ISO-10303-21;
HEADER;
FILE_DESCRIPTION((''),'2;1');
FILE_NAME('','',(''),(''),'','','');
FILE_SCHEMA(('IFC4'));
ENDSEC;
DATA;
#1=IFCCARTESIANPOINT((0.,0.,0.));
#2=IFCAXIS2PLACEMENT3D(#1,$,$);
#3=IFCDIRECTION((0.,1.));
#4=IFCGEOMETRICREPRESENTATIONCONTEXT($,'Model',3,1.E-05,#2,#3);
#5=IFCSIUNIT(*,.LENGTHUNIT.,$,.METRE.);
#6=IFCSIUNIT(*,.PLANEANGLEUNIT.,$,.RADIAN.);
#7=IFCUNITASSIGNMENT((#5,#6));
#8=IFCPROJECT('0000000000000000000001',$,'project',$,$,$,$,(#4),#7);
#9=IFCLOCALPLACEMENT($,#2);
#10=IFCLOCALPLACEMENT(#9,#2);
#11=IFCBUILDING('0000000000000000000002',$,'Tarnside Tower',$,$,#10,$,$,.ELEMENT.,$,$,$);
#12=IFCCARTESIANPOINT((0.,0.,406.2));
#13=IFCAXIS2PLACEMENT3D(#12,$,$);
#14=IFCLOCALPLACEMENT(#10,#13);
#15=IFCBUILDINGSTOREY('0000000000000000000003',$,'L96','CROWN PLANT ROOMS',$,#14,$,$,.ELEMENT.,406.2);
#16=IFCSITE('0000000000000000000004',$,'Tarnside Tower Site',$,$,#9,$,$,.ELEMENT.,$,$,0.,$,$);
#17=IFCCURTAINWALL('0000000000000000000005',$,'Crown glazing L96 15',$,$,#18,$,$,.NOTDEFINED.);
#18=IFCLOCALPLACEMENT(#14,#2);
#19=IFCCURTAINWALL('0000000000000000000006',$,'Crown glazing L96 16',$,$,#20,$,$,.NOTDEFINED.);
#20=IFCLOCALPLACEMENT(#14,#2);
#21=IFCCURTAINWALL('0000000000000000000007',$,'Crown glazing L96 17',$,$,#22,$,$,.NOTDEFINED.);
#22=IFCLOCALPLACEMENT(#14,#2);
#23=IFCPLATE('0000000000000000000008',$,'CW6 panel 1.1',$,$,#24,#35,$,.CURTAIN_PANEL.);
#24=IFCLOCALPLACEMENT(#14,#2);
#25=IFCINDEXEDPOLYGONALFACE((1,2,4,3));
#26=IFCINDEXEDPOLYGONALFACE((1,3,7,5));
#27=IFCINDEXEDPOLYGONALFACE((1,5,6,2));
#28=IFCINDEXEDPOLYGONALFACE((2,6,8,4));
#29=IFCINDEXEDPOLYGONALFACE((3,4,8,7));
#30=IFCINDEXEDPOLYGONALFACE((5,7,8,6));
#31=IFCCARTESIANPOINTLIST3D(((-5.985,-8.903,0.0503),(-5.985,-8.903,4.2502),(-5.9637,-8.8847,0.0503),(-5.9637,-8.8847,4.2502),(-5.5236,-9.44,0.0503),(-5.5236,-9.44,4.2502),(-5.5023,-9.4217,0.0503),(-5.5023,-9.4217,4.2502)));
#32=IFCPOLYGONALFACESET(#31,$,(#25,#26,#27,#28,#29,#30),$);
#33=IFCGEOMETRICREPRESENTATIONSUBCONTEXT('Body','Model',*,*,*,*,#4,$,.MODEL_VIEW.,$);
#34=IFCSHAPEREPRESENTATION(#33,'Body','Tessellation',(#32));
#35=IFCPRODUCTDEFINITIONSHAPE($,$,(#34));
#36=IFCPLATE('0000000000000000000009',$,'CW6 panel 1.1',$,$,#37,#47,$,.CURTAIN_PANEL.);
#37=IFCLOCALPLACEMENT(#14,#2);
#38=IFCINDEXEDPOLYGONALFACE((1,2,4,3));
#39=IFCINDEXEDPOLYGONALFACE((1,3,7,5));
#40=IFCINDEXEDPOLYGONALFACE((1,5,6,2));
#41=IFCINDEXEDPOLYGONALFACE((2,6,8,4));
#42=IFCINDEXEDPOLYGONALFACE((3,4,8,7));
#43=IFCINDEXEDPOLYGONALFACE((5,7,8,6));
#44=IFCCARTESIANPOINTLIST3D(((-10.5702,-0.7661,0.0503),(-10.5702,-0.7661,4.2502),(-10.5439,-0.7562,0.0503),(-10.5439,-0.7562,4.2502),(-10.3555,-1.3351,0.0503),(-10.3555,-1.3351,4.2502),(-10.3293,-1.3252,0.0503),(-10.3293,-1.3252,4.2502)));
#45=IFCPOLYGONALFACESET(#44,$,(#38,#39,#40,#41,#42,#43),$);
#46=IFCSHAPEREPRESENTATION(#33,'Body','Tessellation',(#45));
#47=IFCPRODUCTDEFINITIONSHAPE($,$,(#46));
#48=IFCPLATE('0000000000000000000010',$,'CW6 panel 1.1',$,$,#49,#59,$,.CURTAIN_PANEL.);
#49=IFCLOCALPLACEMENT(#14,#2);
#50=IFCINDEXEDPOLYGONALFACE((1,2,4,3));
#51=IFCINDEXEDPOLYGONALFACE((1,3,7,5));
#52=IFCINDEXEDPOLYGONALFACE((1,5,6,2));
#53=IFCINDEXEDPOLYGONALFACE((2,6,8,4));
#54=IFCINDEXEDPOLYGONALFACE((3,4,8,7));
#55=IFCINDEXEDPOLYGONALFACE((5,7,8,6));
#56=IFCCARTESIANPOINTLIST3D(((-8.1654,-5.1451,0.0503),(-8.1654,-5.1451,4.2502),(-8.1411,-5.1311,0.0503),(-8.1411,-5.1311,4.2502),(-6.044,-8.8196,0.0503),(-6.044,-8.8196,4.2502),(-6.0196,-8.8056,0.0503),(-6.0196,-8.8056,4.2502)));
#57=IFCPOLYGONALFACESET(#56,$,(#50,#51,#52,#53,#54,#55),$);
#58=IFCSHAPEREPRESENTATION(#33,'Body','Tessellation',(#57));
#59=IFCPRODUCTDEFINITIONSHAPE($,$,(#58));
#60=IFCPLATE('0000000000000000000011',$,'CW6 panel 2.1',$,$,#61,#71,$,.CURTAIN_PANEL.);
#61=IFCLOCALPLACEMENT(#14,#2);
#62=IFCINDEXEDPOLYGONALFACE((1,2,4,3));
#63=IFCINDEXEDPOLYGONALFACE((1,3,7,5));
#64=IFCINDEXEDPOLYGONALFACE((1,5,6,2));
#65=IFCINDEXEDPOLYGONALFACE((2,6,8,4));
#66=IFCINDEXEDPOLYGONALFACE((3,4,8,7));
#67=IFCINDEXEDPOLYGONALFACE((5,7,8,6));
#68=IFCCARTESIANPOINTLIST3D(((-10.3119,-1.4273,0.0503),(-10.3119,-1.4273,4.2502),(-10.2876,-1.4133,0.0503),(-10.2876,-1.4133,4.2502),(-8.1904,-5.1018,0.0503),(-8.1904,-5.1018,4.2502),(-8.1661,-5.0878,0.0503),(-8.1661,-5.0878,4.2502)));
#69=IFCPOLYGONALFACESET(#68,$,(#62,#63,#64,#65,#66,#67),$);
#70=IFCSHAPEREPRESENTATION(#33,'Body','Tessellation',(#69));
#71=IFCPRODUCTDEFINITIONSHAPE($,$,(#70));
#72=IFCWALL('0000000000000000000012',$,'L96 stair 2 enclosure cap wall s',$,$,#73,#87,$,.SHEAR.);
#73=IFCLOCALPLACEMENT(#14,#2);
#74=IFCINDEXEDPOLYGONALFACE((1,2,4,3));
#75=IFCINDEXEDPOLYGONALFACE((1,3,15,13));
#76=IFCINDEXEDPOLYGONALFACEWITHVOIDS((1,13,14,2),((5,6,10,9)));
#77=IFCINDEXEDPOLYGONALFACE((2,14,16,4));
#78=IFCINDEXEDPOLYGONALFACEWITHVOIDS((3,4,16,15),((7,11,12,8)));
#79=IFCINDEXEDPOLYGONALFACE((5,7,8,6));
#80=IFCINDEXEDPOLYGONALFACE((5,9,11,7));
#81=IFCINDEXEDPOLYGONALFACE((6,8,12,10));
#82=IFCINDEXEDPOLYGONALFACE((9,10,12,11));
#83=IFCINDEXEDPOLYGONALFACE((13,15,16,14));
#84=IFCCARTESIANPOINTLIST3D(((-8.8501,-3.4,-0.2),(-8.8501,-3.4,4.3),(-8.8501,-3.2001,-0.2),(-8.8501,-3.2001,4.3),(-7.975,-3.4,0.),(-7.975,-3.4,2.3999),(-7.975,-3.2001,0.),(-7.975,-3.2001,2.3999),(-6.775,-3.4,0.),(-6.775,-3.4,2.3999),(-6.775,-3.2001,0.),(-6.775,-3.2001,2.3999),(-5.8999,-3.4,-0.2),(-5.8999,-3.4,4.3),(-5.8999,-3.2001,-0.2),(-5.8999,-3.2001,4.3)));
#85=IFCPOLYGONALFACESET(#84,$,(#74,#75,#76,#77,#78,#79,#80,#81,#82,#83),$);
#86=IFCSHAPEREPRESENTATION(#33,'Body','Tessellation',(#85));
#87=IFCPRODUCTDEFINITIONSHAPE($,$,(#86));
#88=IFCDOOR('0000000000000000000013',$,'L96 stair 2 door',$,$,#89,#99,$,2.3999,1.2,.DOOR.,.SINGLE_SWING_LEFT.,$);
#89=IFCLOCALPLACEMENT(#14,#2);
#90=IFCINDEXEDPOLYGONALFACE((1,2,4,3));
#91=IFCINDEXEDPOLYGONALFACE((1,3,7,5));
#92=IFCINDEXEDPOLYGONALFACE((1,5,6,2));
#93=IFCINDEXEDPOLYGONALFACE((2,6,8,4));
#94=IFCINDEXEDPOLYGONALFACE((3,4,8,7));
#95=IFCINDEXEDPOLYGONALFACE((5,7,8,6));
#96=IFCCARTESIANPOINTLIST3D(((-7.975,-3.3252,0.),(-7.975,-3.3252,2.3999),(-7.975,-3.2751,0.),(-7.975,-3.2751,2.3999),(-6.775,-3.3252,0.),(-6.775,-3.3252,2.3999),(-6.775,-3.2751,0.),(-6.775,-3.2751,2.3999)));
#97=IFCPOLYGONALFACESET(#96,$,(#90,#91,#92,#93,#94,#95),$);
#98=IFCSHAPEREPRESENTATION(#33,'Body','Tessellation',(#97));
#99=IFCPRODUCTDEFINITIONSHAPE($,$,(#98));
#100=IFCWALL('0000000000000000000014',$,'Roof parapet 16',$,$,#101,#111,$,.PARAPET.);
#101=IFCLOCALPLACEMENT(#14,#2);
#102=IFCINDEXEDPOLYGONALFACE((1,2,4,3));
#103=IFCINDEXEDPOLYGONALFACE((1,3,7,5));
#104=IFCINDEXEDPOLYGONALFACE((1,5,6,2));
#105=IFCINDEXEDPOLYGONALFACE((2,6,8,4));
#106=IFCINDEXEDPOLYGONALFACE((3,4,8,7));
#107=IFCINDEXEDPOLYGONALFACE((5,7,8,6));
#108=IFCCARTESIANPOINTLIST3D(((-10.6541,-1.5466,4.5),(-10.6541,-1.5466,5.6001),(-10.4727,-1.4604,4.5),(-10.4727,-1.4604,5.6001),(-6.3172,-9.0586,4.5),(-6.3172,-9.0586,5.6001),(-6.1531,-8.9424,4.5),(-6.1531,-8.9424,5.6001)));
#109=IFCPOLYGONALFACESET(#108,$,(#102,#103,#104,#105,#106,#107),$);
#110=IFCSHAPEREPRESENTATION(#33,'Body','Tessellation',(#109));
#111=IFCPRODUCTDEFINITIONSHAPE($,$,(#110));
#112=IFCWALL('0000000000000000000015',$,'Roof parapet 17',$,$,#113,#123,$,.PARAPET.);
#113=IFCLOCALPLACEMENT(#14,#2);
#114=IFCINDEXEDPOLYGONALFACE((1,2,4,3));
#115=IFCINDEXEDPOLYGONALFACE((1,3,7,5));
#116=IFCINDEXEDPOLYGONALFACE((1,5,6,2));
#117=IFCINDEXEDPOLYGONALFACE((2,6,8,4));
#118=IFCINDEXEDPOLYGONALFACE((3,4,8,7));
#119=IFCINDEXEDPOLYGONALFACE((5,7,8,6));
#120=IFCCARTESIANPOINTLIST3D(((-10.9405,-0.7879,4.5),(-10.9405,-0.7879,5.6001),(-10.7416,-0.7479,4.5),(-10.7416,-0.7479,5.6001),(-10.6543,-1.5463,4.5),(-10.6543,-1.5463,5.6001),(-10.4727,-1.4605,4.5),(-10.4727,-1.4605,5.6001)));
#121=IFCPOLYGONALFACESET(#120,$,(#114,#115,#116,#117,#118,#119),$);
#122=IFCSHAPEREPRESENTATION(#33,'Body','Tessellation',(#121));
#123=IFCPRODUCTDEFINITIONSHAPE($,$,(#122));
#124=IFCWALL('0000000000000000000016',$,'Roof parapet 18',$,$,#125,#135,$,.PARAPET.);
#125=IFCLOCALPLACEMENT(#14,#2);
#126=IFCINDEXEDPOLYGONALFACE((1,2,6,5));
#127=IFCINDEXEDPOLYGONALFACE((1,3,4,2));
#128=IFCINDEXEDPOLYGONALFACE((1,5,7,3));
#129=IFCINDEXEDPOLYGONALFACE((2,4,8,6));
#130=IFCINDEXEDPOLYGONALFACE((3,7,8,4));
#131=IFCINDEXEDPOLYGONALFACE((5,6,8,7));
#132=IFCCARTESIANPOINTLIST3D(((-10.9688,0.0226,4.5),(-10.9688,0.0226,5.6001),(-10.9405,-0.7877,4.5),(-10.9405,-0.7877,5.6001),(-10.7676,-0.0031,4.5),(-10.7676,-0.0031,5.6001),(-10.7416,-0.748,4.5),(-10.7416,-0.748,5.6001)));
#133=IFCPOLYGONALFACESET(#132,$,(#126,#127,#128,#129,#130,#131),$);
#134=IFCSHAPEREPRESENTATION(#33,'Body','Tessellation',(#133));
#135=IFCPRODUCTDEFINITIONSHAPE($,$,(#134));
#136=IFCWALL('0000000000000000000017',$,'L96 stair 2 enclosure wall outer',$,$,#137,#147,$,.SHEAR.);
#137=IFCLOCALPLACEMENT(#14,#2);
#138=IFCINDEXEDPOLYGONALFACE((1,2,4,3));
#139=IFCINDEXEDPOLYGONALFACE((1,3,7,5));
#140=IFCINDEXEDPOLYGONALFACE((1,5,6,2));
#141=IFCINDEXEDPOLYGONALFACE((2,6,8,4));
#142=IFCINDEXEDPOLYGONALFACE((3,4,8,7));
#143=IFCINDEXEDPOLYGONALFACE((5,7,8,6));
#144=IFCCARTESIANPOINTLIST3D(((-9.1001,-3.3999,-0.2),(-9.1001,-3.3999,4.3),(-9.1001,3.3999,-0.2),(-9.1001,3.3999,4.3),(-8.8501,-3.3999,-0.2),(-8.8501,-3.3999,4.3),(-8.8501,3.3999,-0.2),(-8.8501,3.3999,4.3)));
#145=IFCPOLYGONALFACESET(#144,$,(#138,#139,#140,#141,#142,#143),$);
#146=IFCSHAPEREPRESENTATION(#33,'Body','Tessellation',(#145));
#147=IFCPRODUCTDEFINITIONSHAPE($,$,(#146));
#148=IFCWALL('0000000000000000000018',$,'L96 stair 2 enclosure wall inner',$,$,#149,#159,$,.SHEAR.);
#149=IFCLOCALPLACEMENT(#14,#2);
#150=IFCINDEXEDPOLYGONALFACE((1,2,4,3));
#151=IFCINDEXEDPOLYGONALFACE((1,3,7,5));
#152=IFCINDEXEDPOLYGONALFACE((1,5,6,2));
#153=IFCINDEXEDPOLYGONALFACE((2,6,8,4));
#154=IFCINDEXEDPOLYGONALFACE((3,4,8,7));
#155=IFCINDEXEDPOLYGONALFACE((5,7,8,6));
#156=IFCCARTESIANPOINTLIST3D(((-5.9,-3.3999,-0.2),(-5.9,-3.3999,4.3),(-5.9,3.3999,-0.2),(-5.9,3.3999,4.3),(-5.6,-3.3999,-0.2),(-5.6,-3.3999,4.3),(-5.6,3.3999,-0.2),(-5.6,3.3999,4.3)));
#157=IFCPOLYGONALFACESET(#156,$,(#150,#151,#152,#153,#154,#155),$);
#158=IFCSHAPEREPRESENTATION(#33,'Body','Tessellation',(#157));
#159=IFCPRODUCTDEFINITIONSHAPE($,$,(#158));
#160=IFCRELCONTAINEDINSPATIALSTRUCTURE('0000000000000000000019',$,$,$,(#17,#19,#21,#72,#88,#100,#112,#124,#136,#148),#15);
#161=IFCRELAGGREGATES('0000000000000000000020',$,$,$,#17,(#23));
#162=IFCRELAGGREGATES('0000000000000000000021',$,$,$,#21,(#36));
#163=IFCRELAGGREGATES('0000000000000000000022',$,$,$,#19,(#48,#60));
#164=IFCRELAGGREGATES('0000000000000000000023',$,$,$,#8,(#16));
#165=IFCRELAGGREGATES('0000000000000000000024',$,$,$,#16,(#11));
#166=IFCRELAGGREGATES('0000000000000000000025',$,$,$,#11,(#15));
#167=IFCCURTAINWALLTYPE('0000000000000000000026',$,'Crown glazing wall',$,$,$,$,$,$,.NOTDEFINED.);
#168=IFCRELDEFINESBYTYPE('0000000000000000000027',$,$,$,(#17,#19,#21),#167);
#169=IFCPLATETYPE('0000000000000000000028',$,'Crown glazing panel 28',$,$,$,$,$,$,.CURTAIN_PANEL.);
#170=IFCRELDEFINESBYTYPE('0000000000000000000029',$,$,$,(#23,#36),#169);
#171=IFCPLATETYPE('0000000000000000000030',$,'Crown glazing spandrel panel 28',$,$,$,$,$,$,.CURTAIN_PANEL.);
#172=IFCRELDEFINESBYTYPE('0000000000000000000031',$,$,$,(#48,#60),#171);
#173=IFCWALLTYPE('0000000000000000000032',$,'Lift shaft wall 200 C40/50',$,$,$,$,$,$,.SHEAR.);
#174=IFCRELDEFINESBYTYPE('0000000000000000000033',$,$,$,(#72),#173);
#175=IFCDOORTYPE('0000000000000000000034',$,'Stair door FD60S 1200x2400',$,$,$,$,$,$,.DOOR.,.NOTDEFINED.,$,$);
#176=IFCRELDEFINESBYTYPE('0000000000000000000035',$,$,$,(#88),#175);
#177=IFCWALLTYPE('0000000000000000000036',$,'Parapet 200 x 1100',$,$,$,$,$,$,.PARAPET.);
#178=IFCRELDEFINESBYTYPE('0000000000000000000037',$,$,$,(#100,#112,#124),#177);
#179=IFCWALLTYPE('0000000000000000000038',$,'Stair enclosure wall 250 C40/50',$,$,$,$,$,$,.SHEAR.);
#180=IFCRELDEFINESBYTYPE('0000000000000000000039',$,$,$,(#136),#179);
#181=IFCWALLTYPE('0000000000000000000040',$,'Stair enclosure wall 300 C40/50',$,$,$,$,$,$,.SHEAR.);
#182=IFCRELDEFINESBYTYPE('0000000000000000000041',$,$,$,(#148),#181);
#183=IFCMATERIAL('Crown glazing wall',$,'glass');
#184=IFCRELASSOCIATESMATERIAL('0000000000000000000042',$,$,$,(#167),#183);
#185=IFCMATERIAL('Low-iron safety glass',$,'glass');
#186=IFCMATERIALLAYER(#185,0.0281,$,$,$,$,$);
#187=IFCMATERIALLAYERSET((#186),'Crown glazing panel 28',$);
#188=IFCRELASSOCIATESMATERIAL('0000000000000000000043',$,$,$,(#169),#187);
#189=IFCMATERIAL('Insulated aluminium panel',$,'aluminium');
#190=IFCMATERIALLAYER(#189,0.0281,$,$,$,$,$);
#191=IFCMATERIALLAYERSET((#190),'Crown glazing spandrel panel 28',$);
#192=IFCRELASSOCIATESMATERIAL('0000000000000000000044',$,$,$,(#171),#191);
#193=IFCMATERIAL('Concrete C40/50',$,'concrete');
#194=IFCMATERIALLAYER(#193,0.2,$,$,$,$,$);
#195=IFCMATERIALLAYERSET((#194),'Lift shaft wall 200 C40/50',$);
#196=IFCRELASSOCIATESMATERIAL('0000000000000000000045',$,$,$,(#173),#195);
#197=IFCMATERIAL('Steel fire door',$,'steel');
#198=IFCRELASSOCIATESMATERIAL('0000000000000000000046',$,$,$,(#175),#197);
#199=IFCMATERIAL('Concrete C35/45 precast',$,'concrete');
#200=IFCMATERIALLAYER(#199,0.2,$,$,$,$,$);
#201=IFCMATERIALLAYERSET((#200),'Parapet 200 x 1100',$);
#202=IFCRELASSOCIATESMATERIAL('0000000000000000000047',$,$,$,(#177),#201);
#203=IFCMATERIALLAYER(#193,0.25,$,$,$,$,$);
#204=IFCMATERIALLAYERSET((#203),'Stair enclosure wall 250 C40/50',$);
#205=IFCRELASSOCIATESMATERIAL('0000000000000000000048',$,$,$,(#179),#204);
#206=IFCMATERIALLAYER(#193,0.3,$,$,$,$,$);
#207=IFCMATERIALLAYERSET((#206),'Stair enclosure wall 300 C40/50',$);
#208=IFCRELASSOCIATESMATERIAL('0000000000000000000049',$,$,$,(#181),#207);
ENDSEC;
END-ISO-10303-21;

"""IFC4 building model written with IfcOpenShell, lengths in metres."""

from ifc_helpers import new_model, si_unit, direction, frame, frame_2d, origin, origin_2d, place, context, subcontext, project, spatial, polyline, rectangle, outline, extrude, material, layer, layer_set, type_object, element, fill, aggregate, save


model = new_model("IFC4")

# Units and contexts
model_context = context("Model", 3, precision=1e-05, world=origin(), true_north=direction((0.0, 1.0)))
body_context = subcontext(model_context, "Body", "Model", "MODEL_VIEW")
ifc_project = project(units=[si_unit("LENGTHUNIT", "METRE"), si_unit("PLANEANGLEUNIT", "RADIAN")], contexts=[model_context])

# Site, building, storey
site_placement = place(None, origin())
site = spatial("IfcSite", under=ifc_project, at=site_placement, Name="Tarnside Tower Site", CompositionType="ELEMENT", RefElevation=0.0)
building_placement = place(site_placement, origin())
building = spatial("IfcBuilding", under=site, at=building_placement, Name="Tarnside Tower", CompositionType="ELEMENT")
storey_placement = place(building_placement, frame((0.0, 0.0, 406.2)))
storey = spatial("IfcBuildingStorey", under=building, at=storey_placement, Name="L96", Description="CROWN PLANT ROOMS", CompositionType="ELEMENT", Elevation=406.2)

# Curtain wall
ifc_material_1 = material(Name="Crown glazing wall", Category="glass")
curtain_wall_type = type_object("IfcCurtainWallType", Name="Crown glazing wall", PredefinedType="NOTDEFINED", material=ifc_material_1)
curtain_wall_1_placement = place(storey_placement, origin())
curtain_wall_1 = element("IfcCurtainWall", 1, at=curtain_wall_1_placement, inside=storey, type_object=curtain_wall_type, Name="Crown glazing L96 15", PredefinedType="NOTDEFINED")

# Curtain walls
curtain_wall_2_placement = place(storey_placement, origin())
curtain_wall_2 = element("IfcCurtainWall", 2, at=curtain_wall_2_placement, inside=storey, type_object=curtain_wall_type, Name="Crown glazing L96 16", PredefinedType="NOTDEFINED")
curtain_wall_3_placement = place(storey_placement, origin())
curtain_wall_3 = element("IfcCurtainWall", 3, at=curtain_wall_3_placement, inside=storey, type_object=curtain_wall_type, Name="Crown glazing L96 17", PredefinedType="NOTDEFINED")

# Plates
ifc_material_2 = material(Name="Low-iron safety glass", Category="glass")
ifc_layer_1 = layer(ifc_material_2, 0.0281)
ifc_layer_set_1 = layer_set([ifc_layer_1], Name="Crown glazing panel 28")
plate_type_1 = type_object("IfcPlateType", Name="Crown glazing panel 28", PredefinedType="CURTAIN_PANEL", material=ifc_layer_set_1)
plate_1_placement = place(storey_placement, frame((-5.7437, -9.1624, 0.0503), z_axis=(0.0, 0.0, 1.0), x_axis=(-0.651657, 0.758514, 0.0)))
plate_1 = element("IfcPlate", 4, at=plate_1_placement, type_object=plate_type_1, Name="CW6 panel 1.1", PredefinedType="CURTAIN_PANEL", context=body_context, shape_type="SweptSolid", body=[
    extrude(rectangle(XDim=0.708, YDim=0.0281, at=origin_2d()), origin(), (0.0, 0.0, 1.0), 4.2),
])
aggregate(curtain_wall_1, [plate_1])
plate_2_placement = place(storey_placement, frame((-10.4497, -1.0457, 0.0503), z_axis=(0.0, 0.0, 1.0), x_axis=(-0.352931, 0.93565, 0.0)))
plate_2 = element("IfcPlate", 5, at=plate_2_placement, type_object=plate_type_1, Name="CW6 panel 1.1", PredefinedType="CURTAIN_PANEL", context=body_context, shape_type="SweptSolid", body=[
    extrude(rectangle(XDim=0.6082, YDim=0.0281, at=origin_2d()), origin(), (0.0, 0.0, 1.0), 4.2),
])
aggregate(curtain_wall_3, [plate_2])
ifc_material_3 = material(Name="Insulated aluminium panel", Category="aluminium")
ifc_layer_2 = layer(ifc_material_3, 0.0281)
ifc_layer_set_2 = layer_set([ifc_layer_2], Name="Crown glazing spandrel panel 28")
plate_type_2 = type_object("IfcPlateType", Name="Crown glazing spandrel panel 28", PredefinedType="CURTAIN_PANEL", material=ifc_layer_set_2)
plate_3_placement = place(storey_placement, frame((-7.0925, -6.9753, 0.0503), z_axis=(0.0, 0.0, 1.0), x_axis=(-0.5, 0.866025, 0.0)))
plate_3 = element("IfcPlate", 6, at=plate_3_placement, type_object=plate_type_2, Name="CW6 panel 1.1", PredefinedType="CURTAIN_PANEL", context=body_context, shape_type="SweptSolid", body=[
    extrude(rectangle(XDim=4.2429, YDim=0.0281, at=origin_2d()), origin(), (0.0, 0.0, 1.0), 4.2),
])
plate_4_placement = place(storey_placement, frame((-9.239, -3.2576, 0.0503), z_axis=(0.0, 0.0, 1.0), x_axis=(-0.5, 0.866025, 0.0)))
plate_4 = element("IfcPlate", 7, at=plate_4_placement, type_object=plate_type_2, Name="CW6 panel 2.1", PredefinedType="CURTAIN_PANEL", context=body_context, shape_type="SweptSolid", body=[
    extrude(rectangle(XDim=4.2429, YDim=0.0281, at=origin_2d()), origin(), (0.0, 0.0, 1.0), 4.2),
])
aggregate(curtain_wall_2, [plate_3, plate_4])

# Wall, opening, door
ifc_material_4 = material(Name="Concrete C40/50", Category="concrete")
ifc_layer_3 = layer(ifc_material_4, 0.2)
ifc_layer_set_3 = layer_set([ifc_layer_3], Name="Lift shaft wall 200 C40/50")
wall_type_1 = type_object("IfcWallType", Name="Lift shaft wall 200 C40/50", PredefinedType="SHEAR", material=ifc_layer_set_3)
wall_1_placement = place(storey_placement, frame((-8.8501, -3.3, -0.2), z_axis=(0.0, 0.0, 1.0), x_axis=(1.0, 0.0, 0.0)))
wall_1 = element("IfcWall", 8, at=wall_1_placement, inside=storey, type_object=wall_type_1, Name="L96 stair 2 enclosure cap wall s", PredefinedType="SHEAR", context=body_context, shape_type="SweptSolid", body=[
    extrude(rectangle(XDim=2.9502, YDim=0.2, at=frame_2d((1.4751, 0.0))), origin(), (0.0, 0.0, 1.0), 4.5),
])
opening_placement = place(wall_1_placement, frame((0.875, 0.0, 0.2)))
opening = element("IfcOpeningElement", 9, at=opening_placement, cuts=wall_1, PredefinedType="OPENING", context=body_context, shape_type="SweptSolid", body=[
    extrude(rectangle(XDim=1.2, YDim=2.3999, at=frame_2d((0.6001, 1.2))), frame((0.0, 0.1099, 0.0), z_axis=(0.0, -1.0, 0.0), x_axis=(1.0, 0.0, 0.0)), (0.0, 0.0, 1.0), 0.22),
])
ifc_material_5 = material(Name="Steel fire door", Category="steel")
door_type = type_object("IfcDoorType", Name="Stair door FD60S 1200x2400", OperationType="NOTDEFINED", PredefinedType="DOOR", material=ifc_material_5)
door_placement = place(opening_placement, origin())
door = element("IfcDoor", 10, at=door_placement, inside=storey, type_object=door_type, Name="L96 stair 2 door", OperationType="SINGLE_SWING_LEFT", OverallHeight=2.3999, OverallWidth=1.2, PredefinedType="DOOR", context=body_context, shape_type="SweptSolid", body=[
    extrude(rectangle(XDim=1.2, YDim=2.3999, at=frame_2d((0.6001, 1.2))), frame((0.0, 0.0249, 0.0), z_axis=(0.0, -1.0, 0.0), x_axis=(1.0, 0.0, 0.0)), (0.0, 0.0, 1.0), 0.05),
])
fill(opening, door)

# Walls
ifc_material_6 = material(Name="Concrete C35/45 precast", Category="concrete")
ifc_layer_4 = layer(ifc_material_6, 0.2)
ifc_layer_set_4 = layer_set([ifc_layer_4], Name="Parapet 200 x 1100")
wall_type_2 = type_object("IfcWallType", Name="Parapet 200 x 1100", PredefinedType="PARAPET", material=ifc_layer_set_4)
wall_2_placement = place(storey_placement, frame((-6.2351, -9.0005, 4.5), z_axis=(0.0, 0.0, 1.0), x_axis=(-0.499994, 0.866029, 0.0)))
element("IfcWall", 11, at=wall_2_placement, inside=storey, type_object=wall_type_2, Name="Roof parapet 16", PredefinedType="PARAPET", context=body_context, shape_type="SweptSolid", body=[
    extrude(outline(polyline([(0.0093, -0.1001), (8.6487, -0.1001), (8.6648, 0.1001), (-0.0093, 0.1001), (0.0093, -0.1001)])), origin(), (0.0, 0.0, 1.0), 1.1001),
])
wall_3_placement = place(storey_placement, frame((-10.5635, -1.5034, 4.5), z_axis=(0.0, 0.0, 1.0), x_axis=(-0.353062, 0.9356, 0.0)))
element("IfcWall", 12, at=wall_3_placement, inside=storey, type_object=wall_type_2, Name="Roof parapet 17", PredefinedType="PARAPET", context=body_context, shape_type="SweptSolid", body=[
    extrude(outline(polyline([(0.0081, -0.1001), (0.7698, -0.1001), (0.8025, 0.1001), (-0.0081, 0.1001), (0.0081, -0.1001)])), origin(), (0.0, 0.0, 1.0), 1.1001),
])
wall_4_placement = place(storey_placement, frame((-10.8411, -0.7678, 4.5), z_axis=(0.0, 0.0, 1.0), x_axis=(-0.03483, 0.999393, 0.0)))
element("IfcWall", 13, at=wall_4_placement, inside=storey, type_object=wall_type_2, Name="Roof parapet 18", PredefinedType="PARAPET", context=body_context, shape_type="SweptSolid", body=[
    extrude(outline(polyline([(0.0164, -0.1001), (0.7617, -0.1001), (0.7944, 0.1001), (-0.0164, 0.1001), (0.0164, -0.1001)])), origin(), (0.0, 0.0, 1.0), 1.1001),
])
ifc_layer_5 = layer(ifc_material_4, 0.25)
ifc_layer_set_5 = layer_set([ifc_layer_5], Name="Stair enclosure wall 250 C40/50")
wall_type_3 = type_object("IfcWallType", Name="Stair enclosure wall 250 C40/50", PredefinedType="SHEAR", material=ifc_layer_set_5)
wall_5_placement = place(storey_placement, frame((-8.9751, -3.3999, -0.2), z_axis=(0.0, 0.0, 1.0), x_axis=(0.0, 1.0, 0.0)))
element("IfcWall", 14, at=wall_5_placement, inside=storey, type_object=wall_type_3, Name="L96 stair 2 enclosure wall outer", PredefinedType="SHEAR", context=body_context, shape_type="SweptSolid", body=[
    extrude(rectangle(XDim=6.7998, YDim=0.25, at=frame_2d((3.3999, 0.0))), origin(), (0.0, 0.0, 1.0), 4.5),
])
ifc_layer_6 = layer(ifc_material_4, 0.3)
ifc_layer_set_6 = layer_set([ifc_layer_6], Name="Stair enclosure wall 300 C40/50")
wall_type_4 = type_object("IfcWallType", Name="Stair enclosure wall 300 C40/50", PredefinedType="SHEAR", material=ifc_layer_set_6)
wall_6_placement = place(storey_placement, frame((-5.75, -3.3999, -0.2), z_axis=(0.0, 0.0, 1.0), x_axis=(0.0, 1.0, 0.0)))
element("IfcWall", 15, at=wall_6_placement, inside=storey, type_object=wall_type_4, Name="L96 stair 2 enclosure wall inner", PredefinedType="SHEAR", context=body_context, shape_type="SweptSolid", body=[
    extrude(rectangle(XDim=6.7998, YDim=0.3, at=frame_2d((3.3999, 0.0))), origin(), (0.0, 0.0, 1.0), 4.5),
])

save(model, "model.ifc")
